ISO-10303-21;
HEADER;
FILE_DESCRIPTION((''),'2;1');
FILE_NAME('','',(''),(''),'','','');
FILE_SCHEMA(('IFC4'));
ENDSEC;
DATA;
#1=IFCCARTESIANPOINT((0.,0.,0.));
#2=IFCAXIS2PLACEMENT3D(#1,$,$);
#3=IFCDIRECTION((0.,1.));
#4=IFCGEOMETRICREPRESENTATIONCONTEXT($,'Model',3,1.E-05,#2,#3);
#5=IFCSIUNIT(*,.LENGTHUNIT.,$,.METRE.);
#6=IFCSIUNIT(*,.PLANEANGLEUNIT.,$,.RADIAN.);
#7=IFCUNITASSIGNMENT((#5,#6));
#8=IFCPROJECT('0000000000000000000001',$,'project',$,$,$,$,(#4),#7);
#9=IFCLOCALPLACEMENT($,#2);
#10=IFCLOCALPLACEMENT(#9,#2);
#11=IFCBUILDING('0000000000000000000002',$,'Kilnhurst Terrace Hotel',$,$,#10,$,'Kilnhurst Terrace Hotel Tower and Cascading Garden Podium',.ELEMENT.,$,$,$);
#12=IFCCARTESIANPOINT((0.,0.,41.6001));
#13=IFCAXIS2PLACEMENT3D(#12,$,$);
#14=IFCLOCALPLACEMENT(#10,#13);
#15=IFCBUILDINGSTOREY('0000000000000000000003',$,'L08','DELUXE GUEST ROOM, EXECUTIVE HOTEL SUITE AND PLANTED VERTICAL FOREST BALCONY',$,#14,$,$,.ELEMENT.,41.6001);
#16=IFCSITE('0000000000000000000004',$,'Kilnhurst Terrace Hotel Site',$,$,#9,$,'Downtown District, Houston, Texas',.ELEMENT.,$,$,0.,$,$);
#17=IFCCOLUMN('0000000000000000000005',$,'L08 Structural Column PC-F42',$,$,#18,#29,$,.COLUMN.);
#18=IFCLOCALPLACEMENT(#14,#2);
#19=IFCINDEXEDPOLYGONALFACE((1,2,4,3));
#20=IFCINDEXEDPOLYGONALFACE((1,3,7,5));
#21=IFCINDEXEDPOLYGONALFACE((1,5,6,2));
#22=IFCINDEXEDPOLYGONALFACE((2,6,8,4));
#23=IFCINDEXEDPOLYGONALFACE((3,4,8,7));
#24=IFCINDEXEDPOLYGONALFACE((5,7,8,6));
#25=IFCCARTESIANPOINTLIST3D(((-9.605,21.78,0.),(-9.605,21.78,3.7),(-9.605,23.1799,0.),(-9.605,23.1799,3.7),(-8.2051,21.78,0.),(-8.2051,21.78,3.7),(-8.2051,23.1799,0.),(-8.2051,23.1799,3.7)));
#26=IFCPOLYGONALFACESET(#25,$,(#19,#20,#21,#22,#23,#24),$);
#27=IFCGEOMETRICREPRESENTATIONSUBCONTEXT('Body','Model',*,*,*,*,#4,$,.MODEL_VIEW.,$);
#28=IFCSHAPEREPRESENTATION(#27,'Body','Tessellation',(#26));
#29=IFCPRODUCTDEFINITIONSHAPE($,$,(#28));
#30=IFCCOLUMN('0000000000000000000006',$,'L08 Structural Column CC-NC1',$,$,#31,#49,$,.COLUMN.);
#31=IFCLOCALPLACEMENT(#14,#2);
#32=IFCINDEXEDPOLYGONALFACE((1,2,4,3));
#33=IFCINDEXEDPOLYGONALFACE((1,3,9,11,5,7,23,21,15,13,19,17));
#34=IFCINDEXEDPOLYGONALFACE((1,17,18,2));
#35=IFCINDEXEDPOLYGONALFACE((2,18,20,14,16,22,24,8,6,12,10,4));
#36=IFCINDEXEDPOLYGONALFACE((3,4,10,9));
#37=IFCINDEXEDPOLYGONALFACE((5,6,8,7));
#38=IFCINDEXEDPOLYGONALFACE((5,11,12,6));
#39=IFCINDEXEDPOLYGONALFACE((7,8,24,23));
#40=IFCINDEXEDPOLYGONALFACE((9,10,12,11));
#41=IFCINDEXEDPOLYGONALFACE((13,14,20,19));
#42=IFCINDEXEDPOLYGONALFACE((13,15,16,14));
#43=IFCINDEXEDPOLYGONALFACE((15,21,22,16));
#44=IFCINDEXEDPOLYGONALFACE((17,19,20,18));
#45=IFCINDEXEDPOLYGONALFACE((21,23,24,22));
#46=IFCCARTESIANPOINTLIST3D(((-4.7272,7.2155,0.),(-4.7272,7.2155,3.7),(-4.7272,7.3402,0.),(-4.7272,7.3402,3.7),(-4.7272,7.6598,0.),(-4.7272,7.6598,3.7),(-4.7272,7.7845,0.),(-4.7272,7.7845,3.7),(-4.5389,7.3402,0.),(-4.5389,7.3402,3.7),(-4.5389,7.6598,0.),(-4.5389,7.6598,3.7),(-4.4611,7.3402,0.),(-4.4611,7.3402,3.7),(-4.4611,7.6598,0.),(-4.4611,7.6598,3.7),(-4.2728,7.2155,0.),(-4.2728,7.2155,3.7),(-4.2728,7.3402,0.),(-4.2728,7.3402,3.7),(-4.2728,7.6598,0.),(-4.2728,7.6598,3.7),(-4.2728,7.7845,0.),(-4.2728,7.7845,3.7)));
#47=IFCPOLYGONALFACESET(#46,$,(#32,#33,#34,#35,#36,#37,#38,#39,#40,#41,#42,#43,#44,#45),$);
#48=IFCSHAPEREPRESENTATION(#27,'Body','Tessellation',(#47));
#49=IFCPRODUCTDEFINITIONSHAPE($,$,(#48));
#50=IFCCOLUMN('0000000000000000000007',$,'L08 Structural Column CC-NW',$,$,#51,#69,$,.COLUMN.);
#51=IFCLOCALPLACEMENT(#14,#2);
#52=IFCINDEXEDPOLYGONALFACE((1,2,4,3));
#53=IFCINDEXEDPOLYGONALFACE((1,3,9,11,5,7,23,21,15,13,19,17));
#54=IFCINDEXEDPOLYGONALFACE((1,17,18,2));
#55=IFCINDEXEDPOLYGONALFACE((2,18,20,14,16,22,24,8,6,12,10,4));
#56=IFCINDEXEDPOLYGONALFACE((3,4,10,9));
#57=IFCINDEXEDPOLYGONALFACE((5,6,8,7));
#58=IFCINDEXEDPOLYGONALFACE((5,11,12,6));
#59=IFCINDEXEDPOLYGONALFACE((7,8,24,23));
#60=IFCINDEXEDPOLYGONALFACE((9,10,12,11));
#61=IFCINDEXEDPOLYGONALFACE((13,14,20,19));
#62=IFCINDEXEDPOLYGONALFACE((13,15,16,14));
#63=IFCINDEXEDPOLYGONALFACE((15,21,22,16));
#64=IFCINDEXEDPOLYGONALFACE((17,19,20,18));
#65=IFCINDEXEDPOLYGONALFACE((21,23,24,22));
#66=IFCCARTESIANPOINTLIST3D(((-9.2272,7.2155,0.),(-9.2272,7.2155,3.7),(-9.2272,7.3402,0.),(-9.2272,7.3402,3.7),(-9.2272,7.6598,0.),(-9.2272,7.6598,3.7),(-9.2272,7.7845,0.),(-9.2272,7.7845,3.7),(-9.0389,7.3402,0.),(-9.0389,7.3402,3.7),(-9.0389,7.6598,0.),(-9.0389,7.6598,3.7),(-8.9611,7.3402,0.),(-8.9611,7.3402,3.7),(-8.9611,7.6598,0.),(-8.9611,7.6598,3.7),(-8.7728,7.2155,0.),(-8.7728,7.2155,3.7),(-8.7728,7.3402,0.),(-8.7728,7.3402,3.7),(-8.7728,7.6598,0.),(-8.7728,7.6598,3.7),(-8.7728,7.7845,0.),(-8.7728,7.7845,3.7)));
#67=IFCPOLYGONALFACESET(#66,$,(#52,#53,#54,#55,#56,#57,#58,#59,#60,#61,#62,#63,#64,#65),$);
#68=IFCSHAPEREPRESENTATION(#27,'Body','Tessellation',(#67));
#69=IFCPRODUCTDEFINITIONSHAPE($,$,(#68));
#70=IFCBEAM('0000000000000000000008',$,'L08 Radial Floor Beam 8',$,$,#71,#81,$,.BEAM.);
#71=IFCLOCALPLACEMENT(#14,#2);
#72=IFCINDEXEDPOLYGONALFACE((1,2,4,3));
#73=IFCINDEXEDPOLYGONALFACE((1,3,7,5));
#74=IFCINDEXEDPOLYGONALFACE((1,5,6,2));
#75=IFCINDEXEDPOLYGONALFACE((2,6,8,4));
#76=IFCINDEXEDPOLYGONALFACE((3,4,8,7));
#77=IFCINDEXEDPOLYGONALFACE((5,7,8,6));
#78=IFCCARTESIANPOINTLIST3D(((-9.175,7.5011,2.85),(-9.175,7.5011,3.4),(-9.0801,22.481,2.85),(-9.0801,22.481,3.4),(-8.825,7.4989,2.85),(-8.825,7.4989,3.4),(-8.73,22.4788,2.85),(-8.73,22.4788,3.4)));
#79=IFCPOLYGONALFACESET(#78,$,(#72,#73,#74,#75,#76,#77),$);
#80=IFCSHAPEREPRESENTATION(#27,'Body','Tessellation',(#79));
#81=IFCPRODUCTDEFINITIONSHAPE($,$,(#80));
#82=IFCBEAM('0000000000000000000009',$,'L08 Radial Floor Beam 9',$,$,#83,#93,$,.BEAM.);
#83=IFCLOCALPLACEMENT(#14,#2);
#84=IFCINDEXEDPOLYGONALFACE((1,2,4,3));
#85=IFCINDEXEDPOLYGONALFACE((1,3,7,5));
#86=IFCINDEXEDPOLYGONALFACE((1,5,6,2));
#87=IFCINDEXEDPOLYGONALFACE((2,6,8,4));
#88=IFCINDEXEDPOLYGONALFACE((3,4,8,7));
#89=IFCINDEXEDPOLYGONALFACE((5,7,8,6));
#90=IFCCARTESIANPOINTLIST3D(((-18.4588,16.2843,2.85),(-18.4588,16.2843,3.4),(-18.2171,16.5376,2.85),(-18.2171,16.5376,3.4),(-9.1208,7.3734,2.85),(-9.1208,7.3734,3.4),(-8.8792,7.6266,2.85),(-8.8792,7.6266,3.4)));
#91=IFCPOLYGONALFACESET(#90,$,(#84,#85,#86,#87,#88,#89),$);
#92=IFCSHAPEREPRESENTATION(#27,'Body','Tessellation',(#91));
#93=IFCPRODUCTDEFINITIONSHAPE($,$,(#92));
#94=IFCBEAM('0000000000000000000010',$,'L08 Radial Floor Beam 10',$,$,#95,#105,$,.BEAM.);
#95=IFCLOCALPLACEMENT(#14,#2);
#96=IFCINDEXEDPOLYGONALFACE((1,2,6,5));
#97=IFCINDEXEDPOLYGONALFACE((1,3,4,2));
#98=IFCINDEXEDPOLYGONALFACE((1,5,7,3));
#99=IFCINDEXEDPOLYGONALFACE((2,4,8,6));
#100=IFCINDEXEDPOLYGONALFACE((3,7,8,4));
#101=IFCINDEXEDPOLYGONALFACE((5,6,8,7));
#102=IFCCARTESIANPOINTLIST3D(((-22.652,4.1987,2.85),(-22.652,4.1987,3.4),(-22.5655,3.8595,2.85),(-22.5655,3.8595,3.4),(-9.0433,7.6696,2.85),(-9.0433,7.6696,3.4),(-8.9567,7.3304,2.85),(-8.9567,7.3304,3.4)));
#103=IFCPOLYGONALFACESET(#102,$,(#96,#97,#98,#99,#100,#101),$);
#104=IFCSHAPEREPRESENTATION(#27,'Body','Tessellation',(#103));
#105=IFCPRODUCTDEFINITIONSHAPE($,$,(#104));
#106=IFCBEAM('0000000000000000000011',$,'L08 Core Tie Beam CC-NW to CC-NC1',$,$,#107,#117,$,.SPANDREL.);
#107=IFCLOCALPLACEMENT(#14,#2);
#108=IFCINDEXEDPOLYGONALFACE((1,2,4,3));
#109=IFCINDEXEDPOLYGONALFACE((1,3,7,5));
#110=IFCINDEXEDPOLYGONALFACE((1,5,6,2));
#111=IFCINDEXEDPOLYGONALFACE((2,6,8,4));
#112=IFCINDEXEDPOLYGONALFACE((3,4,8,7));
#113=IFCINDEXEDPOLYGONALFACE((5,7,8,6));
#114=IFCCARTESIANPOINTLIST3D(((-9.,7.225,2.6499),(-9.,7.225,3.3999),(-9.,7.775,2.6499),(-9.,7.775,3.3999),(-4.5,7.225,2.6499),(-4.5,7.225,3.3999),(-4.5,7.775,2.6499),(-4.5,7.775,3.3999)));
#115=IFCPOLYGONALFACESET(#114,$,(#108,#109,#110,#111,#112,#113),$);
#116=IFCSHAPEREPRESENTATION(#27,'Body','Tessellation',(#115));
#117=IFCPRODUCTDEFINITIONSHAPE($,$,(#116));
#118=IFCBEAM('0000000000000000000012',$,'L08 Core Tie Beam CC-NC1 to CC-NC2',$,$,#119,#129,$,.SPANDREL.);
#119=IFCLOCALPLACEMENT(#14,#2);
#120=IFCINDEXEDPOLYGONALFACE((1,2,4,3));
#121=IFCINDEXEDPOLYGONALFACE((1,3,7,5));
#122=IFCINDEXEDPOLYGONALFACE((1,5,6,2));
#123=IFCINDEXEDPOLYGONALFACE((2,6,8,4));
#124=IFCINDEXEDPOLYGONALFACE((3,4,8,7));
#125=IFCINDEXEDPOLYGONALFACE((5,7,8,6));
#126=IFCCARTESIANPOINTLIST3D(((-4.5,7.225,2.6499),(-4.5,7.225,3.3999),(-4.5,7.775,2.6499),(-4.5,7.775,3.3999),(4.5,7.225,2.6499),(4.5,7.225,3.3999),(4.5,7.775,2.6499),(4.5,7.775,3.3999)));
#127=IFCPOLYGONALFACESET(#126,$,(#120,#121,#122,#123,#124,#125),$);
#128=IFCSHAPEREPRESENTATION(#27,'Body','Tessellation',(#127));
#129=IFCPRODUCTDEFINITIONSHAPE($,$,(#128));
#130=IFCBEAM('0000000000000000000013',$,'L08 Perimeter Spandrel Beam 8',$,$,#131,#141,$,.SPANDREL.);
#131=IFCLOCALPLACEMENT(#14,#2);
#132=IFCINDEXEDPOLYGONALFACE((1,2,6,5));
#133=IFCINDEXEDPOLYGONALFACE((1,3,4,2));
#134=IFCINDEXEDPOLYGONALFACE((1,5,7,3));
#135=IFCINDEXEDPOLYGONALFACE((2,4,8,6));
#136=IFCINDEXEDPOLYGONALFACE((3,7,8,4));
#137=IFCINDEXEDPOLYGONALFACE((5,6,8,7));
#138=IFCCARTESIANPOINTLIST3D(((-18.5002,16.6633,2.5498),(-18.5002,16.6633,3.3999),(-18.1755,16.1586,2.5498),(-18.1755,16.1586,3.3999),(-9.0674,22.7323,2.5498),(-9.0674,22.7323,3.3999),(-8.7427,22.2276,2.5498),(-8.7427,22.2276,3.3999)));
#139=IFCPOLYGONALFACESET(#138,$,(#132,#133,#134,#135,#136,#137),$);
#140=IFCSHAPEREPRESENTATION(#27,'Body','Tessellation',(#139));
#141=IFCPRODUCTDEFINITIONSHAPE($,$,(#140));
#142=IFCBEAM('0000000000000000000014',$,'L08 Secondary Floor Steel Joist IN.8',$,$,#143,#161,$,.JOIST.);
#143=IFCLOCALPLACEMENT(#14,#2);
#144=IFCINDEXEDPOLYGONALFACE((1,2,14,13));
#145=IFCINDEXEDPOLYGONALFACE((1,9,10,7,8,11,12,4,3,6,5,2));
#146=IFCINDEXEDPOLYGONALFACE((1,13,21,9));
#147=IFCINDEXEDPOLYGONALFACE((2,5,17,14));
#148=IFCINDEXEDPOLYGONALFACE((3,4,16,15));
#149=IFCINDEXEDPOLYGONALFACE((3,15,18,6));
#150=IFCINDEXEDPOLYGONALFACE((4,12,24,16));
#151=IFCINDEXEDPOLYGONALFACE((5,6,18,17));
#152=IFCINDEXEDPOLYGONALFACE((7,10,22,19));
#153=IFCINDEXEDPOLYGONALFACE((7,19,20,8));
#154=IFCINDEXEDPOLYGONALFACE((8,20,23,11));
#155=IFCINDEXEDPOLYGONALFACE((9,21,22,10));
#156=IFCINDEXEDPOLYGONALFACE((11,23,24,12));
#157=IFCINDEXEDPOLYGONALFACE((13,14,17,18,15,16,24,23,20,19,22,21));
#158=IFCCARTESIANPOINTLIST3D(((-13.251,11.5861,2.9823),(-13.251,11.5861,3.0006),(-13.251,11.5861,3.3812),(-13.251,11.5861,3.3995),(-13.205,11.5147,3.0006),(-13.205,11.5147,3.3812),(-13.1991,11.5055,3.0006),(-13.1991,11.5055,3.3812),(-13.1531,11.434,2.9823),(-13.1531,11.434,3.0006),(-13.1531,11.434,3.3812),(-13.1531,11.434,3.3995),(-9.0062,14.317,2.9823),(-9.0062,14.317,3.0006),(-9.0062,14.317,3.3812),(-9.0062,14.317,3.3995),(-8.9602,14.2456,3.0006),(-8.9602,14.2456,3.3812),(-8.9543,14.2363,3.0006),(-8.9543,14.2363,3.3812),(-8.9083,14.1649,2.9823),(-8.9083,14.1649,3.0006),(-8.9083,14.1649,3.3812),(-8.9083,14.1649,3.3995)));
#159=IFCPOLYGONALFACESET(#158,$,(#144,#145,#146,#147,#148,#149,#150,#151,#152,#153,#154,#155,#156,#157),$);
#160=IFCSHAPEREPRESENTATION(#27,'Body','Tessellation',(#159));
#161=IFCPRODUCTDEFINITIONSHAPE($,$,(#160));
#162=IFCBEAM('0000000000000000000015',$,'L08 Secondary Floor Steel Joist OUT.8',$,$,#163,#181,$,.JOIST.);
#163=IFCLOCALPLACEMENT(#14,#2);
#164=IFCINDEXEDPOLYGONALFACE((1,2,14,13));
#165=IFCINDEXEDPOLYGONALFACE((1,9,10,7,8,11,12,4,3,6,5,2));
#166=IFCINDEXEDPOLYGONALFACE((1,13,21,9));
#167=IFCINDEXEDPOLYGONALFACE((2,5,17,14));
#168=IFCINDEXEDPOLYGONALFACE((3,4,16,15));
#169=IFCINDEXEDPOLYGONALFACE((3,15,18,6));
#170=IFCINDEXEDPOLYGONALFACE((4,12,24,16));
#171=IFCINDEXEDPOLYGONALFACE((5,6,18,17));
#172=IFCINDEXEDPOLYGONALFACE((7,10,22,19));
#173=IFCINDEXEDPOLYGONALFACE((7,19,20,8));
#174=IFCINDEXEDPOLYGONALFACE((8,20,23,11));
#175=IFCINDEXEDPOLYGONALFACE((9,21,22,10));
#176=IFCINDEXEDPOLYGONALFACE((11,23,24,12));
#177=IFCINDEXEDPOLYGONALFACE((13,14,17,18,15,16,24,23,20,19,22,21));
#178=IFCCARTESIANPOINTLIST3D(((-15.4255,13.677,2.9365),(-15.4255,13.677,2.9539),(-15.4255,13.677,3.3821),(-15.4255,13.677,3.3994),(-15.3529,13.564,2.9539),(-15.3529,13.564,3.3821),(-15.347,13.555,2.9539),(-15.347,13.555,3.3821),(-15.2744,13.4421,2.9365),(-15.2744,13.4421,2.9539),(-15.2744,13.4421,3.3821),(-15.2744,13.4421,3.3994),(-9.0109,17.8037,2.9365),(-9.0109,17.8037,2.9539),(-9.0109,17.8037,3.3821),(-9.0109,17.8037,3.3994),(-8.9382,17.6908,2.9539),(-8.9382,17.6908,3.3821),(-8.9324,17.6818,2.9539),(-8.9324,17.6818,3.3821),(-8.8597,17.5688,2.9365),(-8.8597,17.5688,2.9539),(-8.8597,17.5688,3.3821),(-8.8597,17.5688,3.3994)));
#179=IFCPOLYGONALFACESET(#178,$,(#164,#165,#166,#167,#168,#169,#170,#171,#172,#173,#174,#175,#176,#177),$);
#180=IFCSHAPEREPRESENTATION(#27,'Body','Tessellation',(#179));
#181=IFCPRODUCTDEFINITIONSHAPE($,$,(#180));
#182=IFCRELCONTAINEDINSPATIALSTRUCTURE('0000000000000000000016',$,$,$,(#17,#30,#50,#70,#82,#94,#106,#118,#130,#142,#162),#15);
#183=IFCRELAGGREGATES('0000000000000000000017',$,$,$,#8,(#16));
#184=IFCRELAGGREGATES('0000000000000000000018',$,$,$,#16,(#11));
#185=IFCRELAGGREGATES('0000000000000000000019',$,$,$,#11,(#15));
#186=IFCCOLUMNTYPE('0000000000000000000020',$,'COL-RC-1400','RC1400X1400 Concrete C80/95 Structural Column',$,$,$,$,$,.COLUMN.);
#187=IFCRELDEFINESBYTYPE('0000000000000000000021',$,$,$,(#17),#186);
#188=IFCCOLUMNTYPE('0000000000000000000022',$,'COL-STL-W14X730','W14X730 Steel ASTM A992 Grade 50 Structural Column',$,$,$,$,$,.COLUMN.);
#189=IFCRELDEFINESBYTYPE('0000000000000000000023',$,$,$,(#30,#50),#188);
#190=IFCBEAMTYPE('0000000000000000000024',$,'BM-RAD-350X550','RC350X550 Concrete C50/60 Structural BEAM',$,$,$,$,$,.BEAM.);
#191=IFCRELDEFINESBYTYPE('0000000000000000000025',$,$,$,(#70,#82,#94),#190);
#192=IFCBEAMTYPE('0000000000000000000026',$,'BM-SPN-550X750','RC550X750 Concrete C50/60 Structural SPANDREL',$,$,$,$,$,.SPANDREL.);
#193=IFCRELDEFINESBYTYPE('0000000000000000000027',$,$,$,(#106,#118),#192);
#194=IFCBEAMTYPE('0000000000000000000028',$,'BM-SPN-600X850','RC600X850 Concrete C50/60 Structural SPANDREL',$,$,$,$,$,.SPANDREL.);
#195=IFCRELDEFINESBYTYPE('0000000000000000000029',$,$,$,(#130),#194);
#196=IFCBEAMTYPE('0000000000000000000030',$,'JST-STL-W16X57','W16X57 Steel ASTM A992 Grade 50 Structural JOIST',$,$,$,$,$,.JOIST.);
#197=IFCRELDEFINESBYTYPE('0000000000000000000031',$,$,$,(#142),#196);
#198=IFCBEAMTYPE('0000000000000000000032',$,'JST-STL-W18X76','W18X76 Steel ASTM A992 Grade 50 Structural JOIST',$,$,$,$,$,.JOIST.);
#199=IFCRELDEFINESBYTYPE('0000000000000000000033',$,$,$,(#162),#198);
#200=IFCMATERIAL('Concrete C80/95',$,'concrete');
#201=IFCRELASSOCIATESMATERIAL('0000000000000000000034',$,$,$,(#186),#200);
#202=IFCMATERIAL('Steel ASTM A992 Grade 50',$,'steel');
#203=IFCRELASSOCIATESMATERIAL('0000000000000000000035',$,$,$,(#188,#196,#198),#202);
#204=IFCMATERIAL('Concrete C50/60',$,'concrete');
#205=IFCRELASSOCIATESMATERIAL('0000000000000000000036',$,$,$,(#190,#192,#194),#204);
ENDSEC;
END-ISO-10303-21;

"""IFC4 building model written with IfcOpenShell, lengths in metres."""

from ifc_helpers import new_model, si_unit, direction, frame, origin, origin_2d, place, context, subcontext, project, spatial, rectangle, i_section, extrude, material, material_profile, profile_set, type_object, element, save


model = new_model("IFC4")

# Units and contexts
model_context = context("Model", 3, precision=1e-05, world=origin(), true_north=direction((0.0, 1.0)))
body_context = subcontext(model_context, "Body", "Model", "MODEL_VIEW")
ifc_project = project(units=[si_unit("LENGTHUNIT", "METRE"), si_unit("PLANEANGLEUNIT", "RADIAN")], contexts=[model_context])

# Site, building, storey
site_placement = place(None, origin())
site = spatial("IfcSite", under=ifc_project, at=site_placement, Name="Kilnhurst Terrace Hotel Site", LongName="Downtown District, Houston, Texas", CompositionType="ELEMENT", RefElevation=0.0)
building_placement = place(site_placement, origin())
building = spatial("IfcBuilding", under=site, at=building_placement, Name="Kilnhurst Terrace Hotel", LongName="Kilnhurst Terrace Hotel Tower and Cascading Garden Podium", CompositionType="ELEMENT")
storey_placement = place(building_placement, frame((0.0, 0.0, 41.6001)))
storey = spatial("IfcBuildingStorey", under=building, at=storey_placement, Name="L08", Description="DELUXE GUEST ROOM, EXECUTIVE HOTEL SUITE AND PLANTED VERTICAL FOREST BALCONY", CompositionType="ELEMENT", Elevation=41.6001)

# Columns
ifc_material_1 = material(Name="Concrete C80/95", Category="concrete")
ifc_material_profile_1 = material_profile(ifc_material_1, rectangle(XDim=1.3999, YDim=1.3999, at=origin_2d()), Name="RC1400X1400")
ifc_profile_set_1 = profile_set([ifc_material_profile_1], Name="Concrete C80/95")
column_type_1 = type_object("IfcColumnType", Name="COL-RC-1400", Description="RC1400X1400 Concrete C80/95 Structural Column", PredefinedType="COLUMN", material=ifc_profile_set_1)
column_placement = place(storey_placement, frame((-8.905, 22.48, 0.0), z_axis=(0.0, 0.0, 1.0), x_axis=(1.0, 0.0, 0.0)))
element("IfcColumn", 1, at=column_placement, inside=storey, type_object=column_type_1, Name="L08 Structural Column PC-F42", PredefinedType="COLUMN", context=body_context, shape_type="SweptSolid", body=[
    extrude(rectangle(XDim=1.3999, YDim=1.3999, at=origin_2d()), origin(), (0.0, 0.0, 1.0), 3.7),
])
ifc_material_2 = material(Name="Steel ASTM A992 Grade 50", Category="steel")
ifc_material_profile_2 = material_profile(ifc_material_2, i_section(OverallWidth=0.4543, OverallDepth=0.5691, WebThickness=0.0779, FlangeThickness=0.1248, at=origin_2d()), Name="W14X730")
ifc_profile_set_2 = profile_set([ifc_material_profile_2], Name="Steel ASTM A992 Grade 50")
column_type_2 = type_object("IfcColumnType", Name="COL-STL-W14X730", Description="W14X730 Steel ASTM A992 Grade 50 Structural Column", PredefinedType="COLUMN", material=ifc_profile_set_2)
for number, where, z_axis, x_axis, name in (
    (2, (-4.5, 7.5, 0.0), (0.0, 0.0, 1.0), (1.0, 0.0, 0.0), "L08 Structural Column CC-NC1"),
    (3, (-9.0, 7.5, 0.0), (0.0, 0.0, 1.0), (1.0, 0.0, 0.0), "L08 Structural Column CC-NW"),
):
    element("IfcColumn", number, at=place(storey_placement, frame(where, z_axis=z_axis, x_axis=x_axis)), inside=storey, type_object=column_type_2, Name=name, PredefinedType="COLUMN", context=body_context, shape_type="SweptSolid", body=[
        extrude(i_section(OverallWidth=0.4543, OverallDepth=0.5691, WebThickness=0.0779, FlangeThickness=0.1248, at=origin_2d()), origin(), (0.0, 0.0, 1.0), 3.7),
    ])

# Beams
ifc_material_3 = material(Name="Concrete C50/60", Category="concrete")
ifc_material_profile_3 = material_profile(ifc_material_3, rectangle(XDim=0.3501, YDim=0.55, at=origin_2d()), Name="RC350X550")
ifc_profile_set_3 = profile_set([ifc_material_profile_3], Name="Concrete C50/60")
beam_type_1 = type_object("IfcBeamType", Name="BM-RAD-350X550", Description="RC350X550 Concrete C50/60 Structural BEAM", PredefinedType="BEAM", material=ifc_profile_set_3)
beam_1_placement = place(storey_placement, frame((-9.0, 7.5, 3.125), z_axis=(0.00634, 0.99998, 0.0), x_axis=(-0.99998, 0.00634, 0.0)))
element("IfcBeam", 4, at=beam_1_placement, inside=storey, type_object=beam_type_1, Name="L08 Radial Floor Beam 8", PredefinedType="BEAM", context=body_context, shape_type="SweptSolid", body=[
    extrude(rectangle(XDim=0.3501, YDim=0.55, at=origin_2d()), origin(), (0.0, 0.0, 1.0), 14.9802),
])
beam_2_placement = place(storey_placement, frame((-9.0, 7.5, 3.125), z_axis=(-0.723454, 0.690372, 0.0), x_axis=(-0.690372, -0.723454, 0.0)))
element("IfcBeam", 5, at=beam_2_placement, inside=storey, type_object=beam_type_1, Name="L08 Radial Floor Beam 9", PredefinedType="BEAM", context=body_context, shape_type="SweptSolid", body=[
    extrude(rectangle(XDim=0.3501, YDim=0.55, at=origin_2d()), origin(), (0.0, 0.0, 1.0), 12.9075),
])
beam_3_placement = place(storey_placement, frame((-9.0, 7.5, 3.125), z_axis=(-0.96898, -0.247138, 0.0), x_axis=(0.247138, -0.96898, 0.0)))
element("IfcBeam", 6, at=beam_3_placement, inside=storey, type_object=beam_type_1, Name="L08 Radial Floor Beam 10", PredefinedType="BEAM", context=body_context, shape_type="SweptSolid", body=[
    extrude(rectangle(XDim=0.3501, YDim=0.55, at=origin_2d()), origin(), (0.0, 0.0, 1.0), 14.0444),
])
ifc_material_profile_4 = material_profile(ifc_material_3, rectangle(XDim=0.55, YDim=0.75, at=origin_2d()), Name="RC550X750")
ifc_profile_set_4 = profile_set([ifc_material_profile_4], Name="Concrete C50/60")
beam_type_2 = type_object("IfcBeamType", Name="BM-SPN-550X750", Description="RC550X750 Concrete C50/60 Structural SPANDREL", PredefinedType="SPANDREL", material=ifc_profile_set_4)
beam_4_placement = place(storey_placement, frame((-9.0, 7.5, 3.0249), z_axis=(1.0, 0.0, 0.0), x_axis=(0.0, 1.0, 0.0)))
element("IfcBeam", 7, at=beam_4_placement, inside=storey, type_object=beam_type_2, Name="L08 Core Tie Beam CC-NW to CC-NC1", PredefinedType="SPANDREL", context=body_context, shape_type="SweptSolid", body=[
    extrude(rectangle(XDim=0.55, YDim=0.75, at=origin_2d()), origin(), (0.0, 0.0, 1.0), 4.5),
])
beam_5_placement = place(storey_placement, frame((-4.5, 7.5, 3.0249), z_axis=(1.0, 0.0, 0.0), x_axis=(0.0, 1.0, 0.0)))
element("IfcBeam", 8, at=beam_5_placement, inside=storey, type_object=beam_type_2, Name="L08 Core Tie Beam CC-NC1 to CC-NC2", PredefinedType="SPANDREL", context=body_context, shape_type="SweptSolid", body=[
    extrude(rectangle(XDim=0.55, YDim=0.75, at=origin_2d()), origin(), (0.0, 0.0, 1.0), 9.0),
])
ifc_material_profile_5 = material_profile(ifc_material_3, rectangle(XDim=0.6001, YDim=0.8501, at=origin_2d()), Name="RC600X850")
ifc_profile_set_5 = profile_set([ifc_material_profile_5], Name="Concrete C50/60")
beam_type_3 = type_object("IfcBeamType", Name="BM-SPN-600X850", Description="RC600X850 Concrete C50/60 Structural SPANDREL", PredefinedType="SPANDREL", material=ifc_profile_set_5)
beam_6_placement = place(storey_placement, frame((-8.905, 22.48, 2.9749), z_axis=(-0.840971, -0.54108, 0.0), x_axis=(0.54108, -0.840971, 0.0)))
element("IfcBeam", 9, at=beam_6_placement, inside=storey, type_object=beam_type_3, Name="L08 Perimeter Spandrel Beam 8", PredefinedType="SPANDREL", context=body_context, shape_type="SweptSolid", body=[
    extrude(rectangle(XDim=0.6001, YDim=0.8501, at=origin_2d()), origin(), (0.0, 0.0, 1.0), 11.2166),
])
ifc_material_profile_6 = material_profile(ifc_material_2, i_section(OverallWidth=0.1809, OverallDepth=0.4172, WebThickness=0.011, FlangeThickness=0.0183, at=origin_2d()), Name="W16X57")
ifc_profile_set_6 = profile_set([ifc_material_profile_6], Name="Steel ASTM A992 Grade 50")
beam_type_4 = type_object("IfcBeamType", Name="JST-STL-W16X57", Description="W16X57 Steel ASTM A992 Grade 50 Structural JOIST", PredefinedType="JOIST", material=ifc_profile_set_6)
beam_7_placement = place(storey_placement, frame((-8.9573, 14.241, 3.1909), z_axis=(-0.840988, -0.541053, 0.0), x_axis=(0.541053, -0.840988, 0.0)))
element("IfcBeam", 10, at=beam_7_placement, inside=storey, type_object=beam_type_4, Name="L08 Secondary Floor Steel Joist IN.8", PredefinedType="JOIST", context=body_context, shape_type="SweptSolid", body=[
    extrude(i_section(OverallWidth=0.1809, OverallDepth=0.4172, WebThickness=0.011, FlangeThickness=0.0183, at=origin_2d()), origin(), (0.0, 0.0, 1.0), 5.0474),
])
ifc_material_profile_7 = material_profile(ifc_material_2, i_section(OverallWidth=0.2793, OverallDepth=0.4629, WebThickness=0.0107, FlangeThickness=0.0173, at=origin_2d()), Name="W18X76")
ifc_profile_set_7 = profile_set([ifc_material_profile_7], Name="Steel ASTM A992 Grade 50")
beam_type_5 = type_object("IfcBeamType", Name="JST-STL-W18X76", Description="W18X76 Steel ASTM A992 Grade 50 Structural JOIST", PredefinedType="JOIST", material=ifc_profile_set_7)
beam_8_placement = place(storey_placement, frame((-8.9353, 17.6863, 3.168), z_axis=(-0.840995, -0.541042, 0.0), x_axis=(0.541042, -0.840995, 0.0)))
element("IfcBeam", 11, at=beam_8_placement, inside=storey, type_object=beam_type_5, Name="L08 Secondary Floor Steel Joist OUT.8", PredefinedType="JOIST", context=body_context, shape_type="SweptSolid", body=[
    extrude(i_section(OverallWidth=0.2793, OverallDepth=0.4629, WebThickness=0.0107, FlangeThickness=0.0173, at=origin_2d()), origin(), (0.0, 0.0, 1.0), 7.6274),
])

save(model, "model.ifc")
